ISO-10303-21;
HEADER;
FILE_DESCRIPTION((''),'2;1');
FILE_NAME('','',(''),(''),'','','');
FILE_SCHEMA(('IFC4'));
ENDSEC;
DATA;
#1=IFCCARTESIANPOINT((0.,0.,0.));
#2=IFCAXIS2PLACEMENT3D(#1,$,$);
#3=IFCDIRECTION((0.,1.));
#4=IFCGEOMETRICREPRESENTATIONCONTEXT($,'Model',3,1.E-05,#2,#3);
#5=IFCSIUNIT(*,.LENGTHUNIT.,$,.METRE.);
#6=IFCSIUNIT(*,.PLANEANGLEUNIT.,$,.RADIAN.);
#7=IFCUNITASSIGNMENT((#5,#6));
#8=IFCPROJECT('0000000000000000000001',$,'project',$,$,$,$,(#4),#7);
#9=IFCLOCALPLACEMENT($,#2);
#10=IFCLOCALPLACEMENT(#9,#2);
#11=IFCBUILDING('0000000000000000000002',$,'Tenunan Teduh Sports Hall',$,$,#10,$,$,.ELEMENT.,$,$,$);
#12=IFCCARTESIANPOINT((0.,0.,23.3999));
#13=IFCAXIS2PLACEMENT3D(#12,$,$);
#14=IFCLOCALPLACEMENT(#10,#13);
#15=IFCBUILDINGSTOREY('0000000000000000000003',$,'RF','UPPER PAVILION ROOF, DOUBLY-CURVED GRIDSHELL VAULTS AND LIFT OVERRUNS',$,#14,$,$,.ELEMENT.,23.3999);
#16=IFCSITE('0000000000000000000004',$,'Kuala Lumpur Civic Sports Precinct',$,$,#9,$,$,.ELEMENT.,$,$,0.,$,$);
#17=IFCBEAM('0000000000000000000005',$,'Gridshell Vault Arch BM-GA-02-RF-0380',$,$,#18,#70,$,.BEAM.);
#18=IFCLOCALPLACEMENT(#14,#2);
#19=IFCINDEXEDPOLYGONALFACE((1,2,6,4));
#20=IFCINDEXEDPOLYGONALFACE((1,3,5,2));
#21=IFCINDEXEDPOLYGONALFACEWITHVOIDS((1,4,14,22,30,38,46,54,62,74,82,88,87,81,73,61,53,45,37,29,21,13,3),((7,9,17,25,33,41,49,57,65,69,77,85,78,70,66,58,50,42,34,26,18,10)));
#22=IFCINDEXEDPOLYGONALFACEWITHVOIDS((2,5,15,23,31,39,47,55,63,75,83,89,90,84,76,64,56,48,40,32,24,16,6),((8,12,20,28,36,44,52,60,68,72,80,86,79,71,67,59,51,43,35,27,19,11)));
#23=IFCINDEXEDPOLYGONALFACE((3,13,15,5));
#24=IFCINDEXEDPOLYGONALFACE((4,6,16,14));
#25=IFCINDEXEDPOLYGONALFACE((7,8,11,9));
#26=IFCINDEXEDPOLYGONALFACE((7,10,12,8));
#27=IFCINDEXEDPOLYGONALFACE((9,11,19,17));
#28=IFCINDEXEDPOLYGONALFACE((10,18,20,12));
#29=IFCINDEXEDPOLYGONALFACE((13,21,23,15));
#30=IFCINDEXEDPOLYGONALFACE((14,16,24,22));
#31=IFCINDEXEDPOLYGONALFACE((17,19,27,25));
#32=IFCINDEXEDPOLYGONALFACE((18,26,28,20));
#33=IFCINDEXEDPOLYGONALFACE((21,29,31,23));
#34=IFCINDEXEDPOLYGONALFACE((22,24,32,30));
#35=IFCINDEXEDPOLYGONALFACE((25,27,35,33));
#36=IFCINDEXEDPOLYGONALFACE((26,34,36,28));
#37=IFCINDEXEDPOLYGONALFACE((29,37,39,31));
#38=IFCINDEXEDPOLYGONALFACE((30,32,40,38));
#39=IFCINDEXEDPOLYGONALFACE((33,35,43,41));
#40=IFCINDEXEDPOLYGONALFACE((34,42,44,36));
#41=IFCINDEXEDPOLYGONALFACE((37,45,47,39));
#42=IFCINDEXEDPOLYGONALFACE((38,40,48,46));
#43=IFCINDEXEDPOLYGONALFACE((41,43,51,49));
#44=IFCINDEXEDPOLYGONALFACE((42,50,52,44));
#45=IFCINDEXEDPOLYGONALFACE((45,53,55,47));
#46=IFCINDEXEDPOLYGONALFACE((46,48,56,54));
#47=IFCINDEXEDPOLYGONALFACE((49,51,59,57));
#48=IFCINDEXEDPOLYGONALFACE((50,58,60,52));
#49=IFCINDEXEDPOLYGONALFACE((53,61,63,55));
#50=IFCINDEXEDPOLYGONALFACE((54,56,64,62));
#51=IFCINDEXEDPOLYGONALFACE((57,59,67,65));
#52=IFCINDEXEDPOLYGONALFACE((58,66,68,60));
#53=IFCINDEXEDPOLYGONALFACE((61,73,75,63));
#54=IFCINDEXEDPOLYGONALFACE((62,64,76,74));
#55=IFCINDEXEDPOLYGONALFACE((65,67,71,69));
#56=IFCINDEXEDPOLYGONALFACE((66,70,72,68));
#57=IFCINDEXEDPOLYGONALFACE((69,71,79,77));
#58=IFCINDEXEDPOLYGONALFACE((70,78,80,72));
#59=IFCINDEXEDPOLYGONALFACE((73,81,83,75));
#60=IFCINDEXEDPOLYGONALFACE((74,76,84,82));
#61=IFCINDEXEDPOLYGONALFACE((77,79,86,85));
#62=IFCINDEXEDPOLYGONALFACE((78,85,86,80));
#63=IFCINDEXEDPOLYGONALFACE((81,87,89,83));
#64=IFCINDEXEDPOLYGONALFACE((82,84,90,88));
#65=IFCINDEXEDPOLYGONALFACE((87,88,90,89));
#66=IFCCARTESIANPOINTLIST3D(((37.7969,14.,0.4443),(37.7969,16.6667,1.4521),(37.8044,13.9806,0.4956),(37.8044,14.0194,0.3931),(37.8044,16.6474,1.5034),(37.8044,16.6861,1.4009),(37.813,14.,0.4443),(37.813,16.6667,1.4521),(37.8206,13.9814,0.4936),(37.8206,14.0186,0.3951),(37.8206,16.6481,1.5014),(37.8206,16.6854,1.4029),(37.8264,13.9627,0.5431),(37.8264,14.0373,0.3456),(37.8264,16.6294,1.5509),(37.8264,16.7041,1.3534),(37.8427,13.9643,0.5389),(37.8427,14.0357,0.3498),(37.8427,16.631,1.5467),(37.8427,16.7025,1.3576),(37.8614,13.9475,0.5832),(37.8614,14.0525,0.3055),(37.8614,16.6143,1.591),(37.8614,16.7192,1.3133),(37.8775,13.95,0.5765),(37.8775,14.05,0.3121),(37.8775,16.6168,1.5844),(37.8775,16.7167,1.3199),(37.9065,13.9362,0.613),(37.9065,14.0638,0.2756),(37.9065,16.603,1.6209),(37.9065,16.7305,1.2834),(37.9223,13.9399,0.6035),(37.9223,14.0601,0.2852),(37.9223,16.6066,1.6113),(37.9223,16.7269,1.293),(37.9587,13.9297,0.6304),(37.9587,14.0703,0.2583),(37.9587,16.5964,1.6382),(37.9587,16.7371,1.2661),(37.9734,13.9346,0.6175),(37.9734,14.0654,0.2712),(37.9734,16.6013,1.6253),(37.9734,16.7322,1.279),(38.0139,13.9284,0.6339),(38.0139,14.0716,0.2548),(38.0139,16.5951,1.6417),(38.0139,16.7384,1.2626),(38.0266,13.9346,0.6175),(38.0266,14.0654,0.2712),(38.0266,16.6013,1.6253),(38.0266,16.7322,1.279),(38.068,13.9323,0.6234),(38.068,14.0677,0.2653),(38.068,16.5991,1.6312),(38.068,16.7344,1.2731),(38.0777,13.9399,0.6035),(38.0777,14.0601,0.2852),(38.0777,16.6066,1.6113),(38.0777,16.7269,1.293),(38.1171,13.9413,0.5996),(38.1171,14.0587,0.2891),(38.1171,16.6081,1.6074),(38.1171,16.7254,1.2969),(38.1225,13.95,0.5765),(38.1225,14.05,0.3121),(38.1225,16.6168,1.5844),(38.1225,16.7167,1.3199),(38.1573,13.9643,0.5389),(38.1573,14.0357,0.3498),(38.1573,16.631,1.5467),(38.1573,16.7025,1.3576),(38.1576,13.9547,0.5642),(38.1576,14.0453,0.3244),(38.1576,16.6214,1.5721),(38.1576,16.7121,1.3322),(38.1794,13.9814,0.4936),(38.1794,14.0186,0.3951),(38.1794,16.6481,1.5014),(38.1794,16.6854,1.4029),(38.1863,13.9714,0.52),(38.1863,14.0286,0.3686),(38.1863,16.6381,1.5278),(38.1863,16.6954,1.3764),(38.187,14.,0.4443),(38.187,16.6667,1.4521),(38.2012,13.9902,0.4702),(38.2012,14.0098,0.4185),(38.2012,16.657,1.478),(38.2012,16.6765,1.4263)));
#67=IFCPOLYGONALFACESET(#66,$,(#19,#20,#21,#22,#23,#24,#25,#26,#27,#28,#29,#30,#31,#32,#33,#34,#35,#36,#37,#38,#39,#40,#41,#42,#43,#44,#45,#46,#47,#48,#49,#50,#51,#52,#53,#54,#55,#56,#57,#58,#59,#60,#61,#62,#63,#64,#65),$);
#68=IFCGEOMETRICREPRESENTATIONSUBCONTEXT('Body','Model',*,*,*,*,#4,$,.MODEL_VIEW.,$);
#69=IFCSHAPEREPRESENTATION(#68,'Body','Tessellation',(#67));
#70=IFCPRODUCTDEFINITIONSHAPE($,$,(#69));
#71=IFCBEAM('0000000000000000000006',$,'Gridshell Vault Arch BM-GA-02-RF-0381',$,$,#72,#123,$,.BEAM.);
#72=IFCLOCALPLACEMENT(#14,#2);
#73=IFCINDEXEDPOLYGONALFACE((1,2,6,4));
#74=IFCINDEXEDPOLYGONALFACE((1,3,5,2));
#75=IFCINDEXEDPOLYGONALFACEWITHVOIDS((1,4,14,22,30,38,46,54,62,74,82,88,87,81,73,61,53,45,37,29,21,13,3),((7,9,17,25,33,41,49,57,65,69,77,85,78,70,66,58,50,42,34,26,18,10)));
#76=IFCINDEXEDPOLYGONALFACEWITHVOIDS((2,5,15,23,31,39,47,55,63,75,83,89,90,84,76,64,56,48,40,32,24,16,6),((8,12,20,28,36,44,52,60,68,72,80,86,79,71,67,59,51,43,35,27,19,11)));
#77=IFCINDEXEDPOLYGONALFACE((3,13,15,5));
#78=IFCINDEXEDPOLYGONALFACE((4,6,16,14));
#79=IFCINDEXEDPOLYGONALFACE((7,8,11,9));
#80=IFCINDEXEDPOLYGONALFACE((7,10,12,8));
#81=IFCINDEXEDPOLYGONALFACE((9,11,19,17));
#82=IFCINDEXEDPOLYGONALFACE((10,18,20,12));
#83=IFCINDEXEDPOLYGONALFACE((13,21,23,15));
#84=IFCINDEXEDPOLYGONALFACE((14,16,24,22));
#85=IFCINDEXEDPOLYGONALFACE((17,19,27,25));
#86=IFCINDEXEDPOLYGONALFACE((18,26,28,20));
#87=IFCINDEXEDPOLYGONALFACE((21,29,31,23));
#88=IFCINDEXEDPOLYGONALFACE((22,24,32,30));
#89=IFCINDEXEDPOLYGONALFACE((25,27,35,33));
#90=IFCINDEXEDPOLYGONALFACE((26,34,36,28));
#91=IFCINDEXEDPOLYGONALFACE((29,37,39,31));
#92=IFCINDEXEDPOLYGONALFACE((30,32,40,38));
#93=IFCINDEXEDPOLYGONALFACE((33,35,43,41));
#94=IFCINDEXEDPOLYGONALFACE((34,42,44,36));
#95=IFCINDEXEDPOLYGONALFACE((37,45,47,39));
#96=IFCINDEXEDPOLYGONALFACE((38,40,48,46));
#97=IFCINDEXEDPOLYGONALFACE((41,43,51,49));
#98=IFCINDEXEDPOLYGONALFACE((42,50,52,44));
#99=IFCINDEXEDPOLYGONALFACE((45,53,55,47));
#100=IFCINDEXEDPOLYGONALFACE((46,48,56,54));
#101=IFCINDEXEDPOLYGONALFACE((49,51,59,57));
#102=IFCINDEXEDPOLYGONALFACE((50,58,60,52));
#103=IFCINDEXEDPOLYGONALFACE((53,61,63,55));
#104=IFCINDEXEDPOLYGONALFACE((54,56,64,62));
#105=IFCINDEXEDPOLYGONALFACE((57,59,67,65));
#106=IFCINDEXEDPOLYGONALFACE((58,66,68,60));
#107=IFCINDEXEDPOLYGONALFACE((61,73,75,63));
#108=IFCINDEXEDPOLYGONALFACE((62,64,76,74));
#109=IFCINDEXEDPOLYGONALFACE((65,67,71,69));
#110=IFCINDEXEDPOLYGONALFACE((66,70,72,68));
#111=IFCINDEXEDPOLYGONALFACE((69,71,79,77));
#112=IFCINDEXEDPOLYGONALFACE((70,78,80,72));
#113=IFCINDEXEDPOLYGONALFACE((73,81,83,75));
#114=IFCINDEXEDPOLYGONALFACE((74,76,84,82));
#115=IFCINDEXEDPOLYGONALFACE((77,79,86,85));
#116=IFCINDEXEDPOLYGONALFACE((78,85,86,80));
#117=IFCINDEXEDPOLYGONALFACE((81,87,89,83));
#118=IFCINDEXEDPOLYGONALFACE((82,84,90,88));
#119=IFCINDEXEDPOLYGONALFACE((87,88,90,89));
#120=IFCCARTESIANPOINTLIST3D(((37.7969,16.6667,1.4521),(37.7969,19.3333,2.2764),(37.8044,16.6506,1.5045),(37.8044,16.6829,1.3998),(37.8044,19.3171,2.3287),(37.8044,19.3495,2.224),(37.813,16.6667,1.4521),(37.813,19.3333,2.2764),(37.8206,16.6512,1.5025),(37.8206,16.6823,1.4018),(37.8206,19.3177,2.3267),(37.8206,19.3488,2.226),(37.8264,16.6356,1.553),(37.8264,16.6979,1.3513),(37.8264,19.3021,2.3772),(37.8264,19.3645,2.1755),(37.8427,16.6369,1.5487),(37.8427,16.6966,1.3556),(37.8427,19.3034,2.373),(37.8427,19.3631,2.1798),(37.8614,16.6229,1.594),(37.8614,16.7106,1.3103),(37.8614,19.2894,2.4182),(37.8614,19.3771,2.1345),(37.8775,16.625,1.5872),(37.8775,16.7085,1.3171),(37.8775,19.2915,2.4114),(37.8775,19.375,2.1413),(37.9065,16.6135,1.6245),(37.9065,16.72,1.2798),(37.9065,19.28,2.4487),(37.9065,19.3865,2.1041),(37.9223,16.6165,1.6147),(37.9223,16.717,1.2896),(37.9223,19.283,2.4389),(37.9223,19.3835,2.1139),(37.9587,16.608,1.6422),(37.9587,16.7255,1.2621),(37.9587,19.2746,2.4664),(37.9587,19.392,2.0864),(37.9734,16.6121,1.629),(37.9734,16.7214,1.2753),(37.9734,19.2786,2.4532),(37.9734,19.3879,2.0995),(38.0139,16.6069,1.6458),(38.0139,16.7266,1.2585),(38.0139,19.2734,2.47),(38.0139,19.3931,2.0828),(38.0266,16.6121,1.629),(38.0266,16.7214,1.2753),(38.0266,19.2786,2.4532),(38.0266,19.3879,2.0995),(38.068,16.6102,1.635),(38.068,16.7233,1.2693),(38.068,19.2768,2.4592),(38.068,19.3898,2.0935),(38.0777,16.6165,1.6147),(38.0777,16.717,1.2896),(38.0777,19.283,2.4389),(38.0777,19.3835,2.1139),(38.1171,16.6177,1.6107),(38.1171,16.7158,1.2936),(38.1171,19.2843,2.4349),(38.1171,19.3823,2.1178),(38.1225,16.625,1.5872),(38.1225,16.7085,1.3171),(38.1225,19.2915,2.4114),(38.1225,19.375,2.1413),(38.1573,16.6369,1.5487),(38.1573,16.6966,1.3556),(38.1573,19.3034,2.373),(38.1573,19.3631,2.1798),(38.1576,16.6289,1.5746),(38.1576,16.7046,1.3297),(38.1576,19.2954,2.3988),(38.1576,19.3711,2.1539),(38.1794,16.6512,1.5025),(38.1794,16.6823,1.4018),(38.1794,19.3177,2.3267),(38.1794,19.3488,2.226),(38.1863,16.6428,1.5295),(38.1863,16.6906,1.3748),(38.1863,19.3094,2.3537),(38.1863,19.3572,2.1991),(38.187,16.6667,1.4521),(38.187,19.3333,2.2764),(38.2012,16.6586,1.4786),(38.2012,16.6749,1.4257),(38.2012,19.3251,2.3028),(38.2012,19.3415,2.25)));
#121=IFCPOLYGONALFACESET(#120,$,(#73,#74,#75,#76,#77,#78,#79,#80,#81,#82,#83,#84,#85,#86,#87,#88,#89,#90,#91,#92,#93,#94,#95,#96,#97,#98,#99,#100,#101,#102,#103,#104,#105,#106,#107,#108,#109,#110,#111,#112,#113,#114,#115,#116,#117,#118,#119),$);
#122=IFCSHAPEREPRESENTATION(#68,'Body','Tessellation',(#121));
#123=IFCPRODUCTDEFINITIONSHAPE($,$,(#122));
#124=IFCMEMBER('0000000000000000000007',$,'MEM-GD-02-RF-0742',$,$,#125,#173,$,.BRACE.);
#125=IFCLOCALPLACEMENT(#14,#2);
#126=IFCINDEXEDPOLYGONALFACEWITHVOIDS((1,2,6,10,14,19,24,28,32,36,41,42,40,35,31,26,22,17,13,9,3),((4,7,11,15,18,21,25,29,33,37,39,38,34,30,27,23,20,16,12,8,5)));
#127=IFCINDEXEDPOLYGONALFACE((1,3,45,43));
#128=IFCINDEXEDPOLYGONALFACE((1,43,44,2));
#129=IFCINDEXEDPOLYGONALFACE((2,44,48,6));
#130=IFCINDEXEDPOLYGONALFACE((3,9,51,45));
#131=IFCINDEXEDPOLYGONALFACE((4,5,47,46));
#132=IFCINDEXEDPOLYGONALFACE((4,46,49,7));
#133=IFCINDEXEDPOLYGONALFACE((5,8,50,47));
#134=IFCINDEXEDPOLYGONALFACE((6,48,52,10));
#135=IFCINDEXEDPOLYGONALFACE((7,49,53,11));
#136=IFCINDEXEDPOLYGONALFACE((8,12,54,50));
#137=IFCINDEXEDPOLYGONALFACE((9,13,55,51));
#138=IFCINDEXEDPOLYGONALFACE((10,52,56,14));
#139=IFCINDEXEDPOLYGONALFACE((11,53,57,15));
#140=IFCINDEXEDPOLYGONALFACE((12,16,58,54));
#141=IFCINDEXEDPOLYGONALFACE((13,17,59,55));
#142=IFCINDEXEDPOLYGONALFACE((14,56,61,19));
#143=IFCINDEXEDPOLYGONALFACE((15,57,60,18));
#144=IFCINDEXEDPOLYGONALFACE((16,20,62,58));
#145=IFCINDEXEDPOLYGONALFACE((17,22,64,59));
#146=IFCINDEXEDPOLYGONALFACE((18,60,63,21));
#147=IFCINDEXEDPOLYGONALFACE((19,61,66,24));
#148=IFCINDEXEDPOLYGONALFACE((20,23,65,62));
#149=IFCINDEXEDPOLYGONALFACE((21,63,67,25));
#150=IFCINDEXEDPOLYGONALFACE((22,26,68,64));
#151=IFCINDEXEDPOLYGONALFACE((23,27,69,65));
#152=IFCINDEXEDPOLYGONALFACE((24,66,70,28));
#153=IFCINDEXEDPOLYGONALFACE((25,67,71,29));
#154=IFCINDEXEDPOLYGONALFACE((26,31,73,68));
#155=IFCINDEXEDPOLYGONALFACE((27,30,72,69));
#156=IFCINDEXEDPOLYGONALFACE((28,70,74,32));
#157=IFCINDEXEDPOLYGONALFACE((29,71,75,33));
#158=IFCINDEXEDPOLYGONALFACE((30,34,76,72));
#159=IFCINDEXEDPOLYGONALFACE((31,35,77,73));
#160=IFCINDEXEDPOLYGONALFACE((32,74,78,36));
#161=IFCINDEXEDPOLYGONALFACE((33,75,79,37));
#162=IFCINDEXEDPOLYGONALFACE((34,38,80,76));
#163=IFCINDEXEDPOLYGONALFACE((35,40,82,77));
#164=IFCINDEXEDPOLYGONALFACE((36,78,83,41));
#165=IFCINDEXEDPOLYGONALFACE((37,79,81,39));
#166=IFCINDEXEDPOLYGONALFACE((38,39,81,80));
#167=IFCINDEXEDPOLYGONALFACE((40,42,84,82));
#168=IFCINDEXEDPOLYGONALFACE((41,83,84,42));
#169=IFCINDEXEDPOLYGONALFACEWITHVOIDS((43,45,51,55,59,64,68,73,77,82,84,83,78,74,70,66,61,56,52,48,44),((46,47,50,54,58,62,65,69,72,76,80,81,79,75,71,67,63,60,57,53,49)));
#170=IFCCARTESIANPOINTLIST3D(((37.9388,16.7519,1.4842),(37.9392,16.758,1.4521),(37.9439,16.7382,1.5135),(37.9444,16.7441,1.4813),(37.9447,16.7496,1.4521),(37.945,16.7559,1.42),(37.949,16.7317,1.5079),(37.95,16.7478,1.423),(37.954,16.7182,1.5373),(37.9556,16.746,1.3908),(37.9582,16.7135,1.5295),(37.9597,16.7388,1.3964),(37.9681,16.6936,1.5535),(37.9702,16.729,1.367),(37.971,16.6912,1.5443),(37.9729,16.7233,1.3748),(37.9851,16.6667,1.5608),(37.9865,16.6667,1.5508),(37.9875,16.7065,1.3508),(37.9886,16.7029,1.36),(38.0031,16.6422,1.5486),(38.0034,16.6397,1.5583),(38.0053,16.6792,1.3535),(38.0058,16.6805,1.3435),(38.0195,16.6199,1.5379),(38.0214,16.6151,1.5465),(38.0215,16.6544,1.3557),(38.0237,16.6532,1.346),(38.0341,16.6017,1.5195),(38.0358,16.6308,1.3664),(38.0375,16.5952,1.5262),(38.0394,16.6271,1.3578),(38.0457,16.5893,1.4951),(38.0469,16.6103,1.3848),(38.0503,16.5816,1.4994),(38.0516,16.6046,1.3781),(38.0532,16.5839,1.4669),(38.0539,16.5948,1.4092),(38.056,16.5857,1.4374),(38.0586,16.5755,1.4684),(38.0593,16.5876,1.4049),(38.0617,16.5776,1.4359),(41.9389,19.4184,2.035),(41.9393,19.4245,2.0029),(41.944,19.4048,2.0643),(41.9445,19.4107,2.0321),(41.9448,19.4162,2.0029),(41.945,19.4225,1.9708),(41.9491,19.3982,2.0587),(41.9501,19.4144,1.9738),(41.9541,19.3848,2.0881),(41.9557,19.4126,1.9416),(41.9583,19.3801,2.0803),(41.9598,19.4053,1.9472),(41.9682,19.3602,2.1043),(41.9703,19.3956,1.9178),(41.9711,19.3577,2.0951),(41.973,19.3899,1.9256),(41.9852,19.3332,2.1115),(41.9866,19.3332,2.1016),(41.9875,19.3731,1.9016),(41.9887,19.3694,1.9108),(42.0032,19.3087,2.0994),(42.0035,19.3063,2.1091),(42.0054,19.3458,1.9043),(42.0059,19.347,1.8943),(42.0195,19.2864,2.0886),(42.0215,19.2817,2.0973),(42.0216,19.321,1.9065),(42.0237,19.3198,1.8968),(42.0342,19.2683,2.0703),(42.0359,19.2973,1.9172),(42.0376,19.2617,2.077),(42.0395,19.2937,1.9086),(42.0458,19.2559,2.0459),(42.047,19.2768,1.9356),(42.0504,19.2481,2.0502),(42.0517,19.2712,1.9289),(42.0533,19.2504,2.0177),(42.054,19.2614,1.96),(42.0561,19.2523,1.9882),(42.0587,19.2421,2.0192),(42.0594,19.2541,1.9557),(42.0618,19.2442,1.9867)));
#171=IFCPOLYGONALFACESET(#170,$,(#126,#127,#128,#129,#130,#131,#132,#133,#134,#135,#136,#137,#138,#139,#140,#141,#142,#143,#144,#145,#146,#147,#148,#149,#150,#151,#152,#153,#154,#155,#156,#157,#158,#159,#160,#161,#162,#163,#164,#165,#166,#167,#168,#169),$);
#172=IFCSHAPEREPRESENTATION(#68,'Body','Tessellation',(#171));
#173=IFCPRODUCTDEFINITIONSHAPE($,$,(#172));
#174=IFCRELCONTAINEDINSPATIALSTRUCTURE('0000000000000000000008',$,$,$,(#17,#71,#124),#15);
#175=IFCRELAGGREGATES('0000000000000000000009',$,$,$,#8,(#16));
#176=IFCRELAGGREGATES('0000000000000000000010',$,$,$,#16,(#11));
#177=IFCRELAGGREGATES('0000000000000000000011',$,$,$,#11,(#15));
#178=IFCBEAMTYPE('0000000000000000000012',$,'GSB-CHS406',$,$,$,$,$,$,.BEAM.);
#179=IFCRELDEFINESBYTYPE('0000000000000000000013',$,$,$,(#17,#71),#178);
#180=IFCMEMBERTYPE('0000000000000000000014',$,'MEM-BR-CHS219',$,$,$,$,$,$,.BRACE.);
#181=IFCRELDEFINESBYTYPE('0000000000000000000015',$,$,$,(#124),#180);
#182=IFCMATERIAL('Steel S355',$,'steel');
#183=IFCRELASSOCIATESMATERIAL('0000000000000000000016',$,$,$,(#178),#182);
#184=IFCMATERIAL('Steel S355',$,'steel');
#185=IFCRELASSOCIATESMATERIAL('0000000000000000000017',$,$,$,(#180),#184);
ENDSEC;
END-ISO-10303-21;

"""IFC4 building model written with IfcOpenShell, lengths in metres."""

from ifc_helpers import new_model, si_unit, direction, frame, origin, origin_2d, place, context, subcontext, project, spatial, hollow_circle, extrude, material, material_profile, profile_set, type_object, element, save


model = new_model("IFC4")

# Units and contexts
model_context = context("Model", 3, precision=1e-05, world=origin(), true_north=direction((0.0, 1.0)))
body_context = subcontext(model_context, "Body", "Model", "MODEL_VIEW")
ifc_project = project(units=[si_unit("LENGTHUNIT", "METRE"), si_unit("PLANEANGLEUNIT", "RADIAN")], contexts=[model_context])

# Site, building, storey
site_placement = place(None, origin())
site = spatial("IfcSite", under=ifc_project, at=site_placement, Name="Kuala Lumpur Civic Sports Precinct", CompositionType="ELEMENT", RefElevation=0.0)
building_placement = place(site_placement, origin())
building = spatial("IfcBuilding", under=site, at=building_placement, Name="Tenunan Teduh Sports Hall", CompositionType="ELEMENT")
storey_placement = place(building_placement, frame((0.0, 0.0, 23.3999)))
storey = spatial("IfcBuildingStorey", under=building, at=storey_placement, Name="RF", Description="UPPER PAVILION ROOF, DOUBLY-CURVED GRIDSHELL VAULTS AND LIFT OVERRUNS", CompositionType="ELEMENT", Elevation=23.3999)

# Beams
ifc_material_1 = material(Name="Steel S355", Category="steel")
ifc_material_profile_1 = material_profile(ifc_material_1, hollow_circle(Radius=0.2031, WallThickness=0.0161, at=origin_2d()), Name="CHS 406.4x16.0")
ifc_profile_set_1 = profile_set([ifc_material_profile_1], Name="Steel S355")
beam_type_1 = type_object("IfcBeamType", Name="GSB-CHS406", PredefinedType="BEAM", material=ifc_profile_set_1)
beam_1_placement = place(storey_placement, frame((38.0, 14.0, 0.4443), z_axis=(0.0, 0.935429, 0.353515), x_axis=(-1.0, 0.0, 0.0)))
element("IfcBeam", 1, at=beam_1_placement, inside=storey, type_object=beam_type_1, Name="Gridshell Vault Arch BM-GA-02-RF-0380", PredefinedType="BEAM", context=body_context, shape_type="SweptSolid", body=[
    extrude(hollow_circle(Radius=0.2031, WallThickness=0.0161, at=origin_2d()), origin(), (0.0, 0.0, 1.0), 2.8508),
])
beam_2_placement = place(storey_placement, frame((38.0, 16.6667, 1.4521), z_axis=(0.0, 0.9554, 0.295315), x_axis=(-1.0, 0.0, 0.0)))
element("IfcBeam", 2, at=beam_2_placement, inside=storey, type_object=beam_type_1, Name="Gridshell Vault Arch BM-GA-02-RF-0381", PredefinedType="BEAM", context=body_context, shape_type="SweptSolid", body=[
    extrude(hollow_circle(Radius=0.2031, WallThickness=0.0161, at=origin_2d()), origin(), (0.0, 0.0, 1.0), 2.791),
])

# Member
ifc_material_2 = material(Name="Steel S355", Category="steel")
ifc_material_profile_2 = material_profile(ifc_material_2, hollow_circle(Radius=0.1096, WallThickness=0.01, at=origin_2d()), Name="CHS 219.1x10.0")
ifc_profile_set_2 = profile_set([ifc_material_profile_2], Name="Steel S355")
member_type_1 = type_object("IfcMemberType", Name="MEM-BR-CHS219", PredefinedType="BRACE", material=ifc_profile_set_2)
member_1_placement = place(storey_placement, frame((38.0, 16.6667, 1.4521), z_axis=(0.826658, 0.551072, 0.113827), x_axis=(-0.554677, 0.832066, 0.0)))
element("IfcMember", 3, at=member_1_placement, inside=storey, type_object=member_type_1, Name="MEM-GD-02-RF-0742", PredefinedType="BRACE", context=body_context, shape_type="SweptSolid", body=[
    extrude(hollow_circle(Radius=0.1096, WallThickness=0.01, at=origin_2d()), origin(), (0.0, 0.0, 1.0), 4.8389),
])

save(model, "model.ifc")
